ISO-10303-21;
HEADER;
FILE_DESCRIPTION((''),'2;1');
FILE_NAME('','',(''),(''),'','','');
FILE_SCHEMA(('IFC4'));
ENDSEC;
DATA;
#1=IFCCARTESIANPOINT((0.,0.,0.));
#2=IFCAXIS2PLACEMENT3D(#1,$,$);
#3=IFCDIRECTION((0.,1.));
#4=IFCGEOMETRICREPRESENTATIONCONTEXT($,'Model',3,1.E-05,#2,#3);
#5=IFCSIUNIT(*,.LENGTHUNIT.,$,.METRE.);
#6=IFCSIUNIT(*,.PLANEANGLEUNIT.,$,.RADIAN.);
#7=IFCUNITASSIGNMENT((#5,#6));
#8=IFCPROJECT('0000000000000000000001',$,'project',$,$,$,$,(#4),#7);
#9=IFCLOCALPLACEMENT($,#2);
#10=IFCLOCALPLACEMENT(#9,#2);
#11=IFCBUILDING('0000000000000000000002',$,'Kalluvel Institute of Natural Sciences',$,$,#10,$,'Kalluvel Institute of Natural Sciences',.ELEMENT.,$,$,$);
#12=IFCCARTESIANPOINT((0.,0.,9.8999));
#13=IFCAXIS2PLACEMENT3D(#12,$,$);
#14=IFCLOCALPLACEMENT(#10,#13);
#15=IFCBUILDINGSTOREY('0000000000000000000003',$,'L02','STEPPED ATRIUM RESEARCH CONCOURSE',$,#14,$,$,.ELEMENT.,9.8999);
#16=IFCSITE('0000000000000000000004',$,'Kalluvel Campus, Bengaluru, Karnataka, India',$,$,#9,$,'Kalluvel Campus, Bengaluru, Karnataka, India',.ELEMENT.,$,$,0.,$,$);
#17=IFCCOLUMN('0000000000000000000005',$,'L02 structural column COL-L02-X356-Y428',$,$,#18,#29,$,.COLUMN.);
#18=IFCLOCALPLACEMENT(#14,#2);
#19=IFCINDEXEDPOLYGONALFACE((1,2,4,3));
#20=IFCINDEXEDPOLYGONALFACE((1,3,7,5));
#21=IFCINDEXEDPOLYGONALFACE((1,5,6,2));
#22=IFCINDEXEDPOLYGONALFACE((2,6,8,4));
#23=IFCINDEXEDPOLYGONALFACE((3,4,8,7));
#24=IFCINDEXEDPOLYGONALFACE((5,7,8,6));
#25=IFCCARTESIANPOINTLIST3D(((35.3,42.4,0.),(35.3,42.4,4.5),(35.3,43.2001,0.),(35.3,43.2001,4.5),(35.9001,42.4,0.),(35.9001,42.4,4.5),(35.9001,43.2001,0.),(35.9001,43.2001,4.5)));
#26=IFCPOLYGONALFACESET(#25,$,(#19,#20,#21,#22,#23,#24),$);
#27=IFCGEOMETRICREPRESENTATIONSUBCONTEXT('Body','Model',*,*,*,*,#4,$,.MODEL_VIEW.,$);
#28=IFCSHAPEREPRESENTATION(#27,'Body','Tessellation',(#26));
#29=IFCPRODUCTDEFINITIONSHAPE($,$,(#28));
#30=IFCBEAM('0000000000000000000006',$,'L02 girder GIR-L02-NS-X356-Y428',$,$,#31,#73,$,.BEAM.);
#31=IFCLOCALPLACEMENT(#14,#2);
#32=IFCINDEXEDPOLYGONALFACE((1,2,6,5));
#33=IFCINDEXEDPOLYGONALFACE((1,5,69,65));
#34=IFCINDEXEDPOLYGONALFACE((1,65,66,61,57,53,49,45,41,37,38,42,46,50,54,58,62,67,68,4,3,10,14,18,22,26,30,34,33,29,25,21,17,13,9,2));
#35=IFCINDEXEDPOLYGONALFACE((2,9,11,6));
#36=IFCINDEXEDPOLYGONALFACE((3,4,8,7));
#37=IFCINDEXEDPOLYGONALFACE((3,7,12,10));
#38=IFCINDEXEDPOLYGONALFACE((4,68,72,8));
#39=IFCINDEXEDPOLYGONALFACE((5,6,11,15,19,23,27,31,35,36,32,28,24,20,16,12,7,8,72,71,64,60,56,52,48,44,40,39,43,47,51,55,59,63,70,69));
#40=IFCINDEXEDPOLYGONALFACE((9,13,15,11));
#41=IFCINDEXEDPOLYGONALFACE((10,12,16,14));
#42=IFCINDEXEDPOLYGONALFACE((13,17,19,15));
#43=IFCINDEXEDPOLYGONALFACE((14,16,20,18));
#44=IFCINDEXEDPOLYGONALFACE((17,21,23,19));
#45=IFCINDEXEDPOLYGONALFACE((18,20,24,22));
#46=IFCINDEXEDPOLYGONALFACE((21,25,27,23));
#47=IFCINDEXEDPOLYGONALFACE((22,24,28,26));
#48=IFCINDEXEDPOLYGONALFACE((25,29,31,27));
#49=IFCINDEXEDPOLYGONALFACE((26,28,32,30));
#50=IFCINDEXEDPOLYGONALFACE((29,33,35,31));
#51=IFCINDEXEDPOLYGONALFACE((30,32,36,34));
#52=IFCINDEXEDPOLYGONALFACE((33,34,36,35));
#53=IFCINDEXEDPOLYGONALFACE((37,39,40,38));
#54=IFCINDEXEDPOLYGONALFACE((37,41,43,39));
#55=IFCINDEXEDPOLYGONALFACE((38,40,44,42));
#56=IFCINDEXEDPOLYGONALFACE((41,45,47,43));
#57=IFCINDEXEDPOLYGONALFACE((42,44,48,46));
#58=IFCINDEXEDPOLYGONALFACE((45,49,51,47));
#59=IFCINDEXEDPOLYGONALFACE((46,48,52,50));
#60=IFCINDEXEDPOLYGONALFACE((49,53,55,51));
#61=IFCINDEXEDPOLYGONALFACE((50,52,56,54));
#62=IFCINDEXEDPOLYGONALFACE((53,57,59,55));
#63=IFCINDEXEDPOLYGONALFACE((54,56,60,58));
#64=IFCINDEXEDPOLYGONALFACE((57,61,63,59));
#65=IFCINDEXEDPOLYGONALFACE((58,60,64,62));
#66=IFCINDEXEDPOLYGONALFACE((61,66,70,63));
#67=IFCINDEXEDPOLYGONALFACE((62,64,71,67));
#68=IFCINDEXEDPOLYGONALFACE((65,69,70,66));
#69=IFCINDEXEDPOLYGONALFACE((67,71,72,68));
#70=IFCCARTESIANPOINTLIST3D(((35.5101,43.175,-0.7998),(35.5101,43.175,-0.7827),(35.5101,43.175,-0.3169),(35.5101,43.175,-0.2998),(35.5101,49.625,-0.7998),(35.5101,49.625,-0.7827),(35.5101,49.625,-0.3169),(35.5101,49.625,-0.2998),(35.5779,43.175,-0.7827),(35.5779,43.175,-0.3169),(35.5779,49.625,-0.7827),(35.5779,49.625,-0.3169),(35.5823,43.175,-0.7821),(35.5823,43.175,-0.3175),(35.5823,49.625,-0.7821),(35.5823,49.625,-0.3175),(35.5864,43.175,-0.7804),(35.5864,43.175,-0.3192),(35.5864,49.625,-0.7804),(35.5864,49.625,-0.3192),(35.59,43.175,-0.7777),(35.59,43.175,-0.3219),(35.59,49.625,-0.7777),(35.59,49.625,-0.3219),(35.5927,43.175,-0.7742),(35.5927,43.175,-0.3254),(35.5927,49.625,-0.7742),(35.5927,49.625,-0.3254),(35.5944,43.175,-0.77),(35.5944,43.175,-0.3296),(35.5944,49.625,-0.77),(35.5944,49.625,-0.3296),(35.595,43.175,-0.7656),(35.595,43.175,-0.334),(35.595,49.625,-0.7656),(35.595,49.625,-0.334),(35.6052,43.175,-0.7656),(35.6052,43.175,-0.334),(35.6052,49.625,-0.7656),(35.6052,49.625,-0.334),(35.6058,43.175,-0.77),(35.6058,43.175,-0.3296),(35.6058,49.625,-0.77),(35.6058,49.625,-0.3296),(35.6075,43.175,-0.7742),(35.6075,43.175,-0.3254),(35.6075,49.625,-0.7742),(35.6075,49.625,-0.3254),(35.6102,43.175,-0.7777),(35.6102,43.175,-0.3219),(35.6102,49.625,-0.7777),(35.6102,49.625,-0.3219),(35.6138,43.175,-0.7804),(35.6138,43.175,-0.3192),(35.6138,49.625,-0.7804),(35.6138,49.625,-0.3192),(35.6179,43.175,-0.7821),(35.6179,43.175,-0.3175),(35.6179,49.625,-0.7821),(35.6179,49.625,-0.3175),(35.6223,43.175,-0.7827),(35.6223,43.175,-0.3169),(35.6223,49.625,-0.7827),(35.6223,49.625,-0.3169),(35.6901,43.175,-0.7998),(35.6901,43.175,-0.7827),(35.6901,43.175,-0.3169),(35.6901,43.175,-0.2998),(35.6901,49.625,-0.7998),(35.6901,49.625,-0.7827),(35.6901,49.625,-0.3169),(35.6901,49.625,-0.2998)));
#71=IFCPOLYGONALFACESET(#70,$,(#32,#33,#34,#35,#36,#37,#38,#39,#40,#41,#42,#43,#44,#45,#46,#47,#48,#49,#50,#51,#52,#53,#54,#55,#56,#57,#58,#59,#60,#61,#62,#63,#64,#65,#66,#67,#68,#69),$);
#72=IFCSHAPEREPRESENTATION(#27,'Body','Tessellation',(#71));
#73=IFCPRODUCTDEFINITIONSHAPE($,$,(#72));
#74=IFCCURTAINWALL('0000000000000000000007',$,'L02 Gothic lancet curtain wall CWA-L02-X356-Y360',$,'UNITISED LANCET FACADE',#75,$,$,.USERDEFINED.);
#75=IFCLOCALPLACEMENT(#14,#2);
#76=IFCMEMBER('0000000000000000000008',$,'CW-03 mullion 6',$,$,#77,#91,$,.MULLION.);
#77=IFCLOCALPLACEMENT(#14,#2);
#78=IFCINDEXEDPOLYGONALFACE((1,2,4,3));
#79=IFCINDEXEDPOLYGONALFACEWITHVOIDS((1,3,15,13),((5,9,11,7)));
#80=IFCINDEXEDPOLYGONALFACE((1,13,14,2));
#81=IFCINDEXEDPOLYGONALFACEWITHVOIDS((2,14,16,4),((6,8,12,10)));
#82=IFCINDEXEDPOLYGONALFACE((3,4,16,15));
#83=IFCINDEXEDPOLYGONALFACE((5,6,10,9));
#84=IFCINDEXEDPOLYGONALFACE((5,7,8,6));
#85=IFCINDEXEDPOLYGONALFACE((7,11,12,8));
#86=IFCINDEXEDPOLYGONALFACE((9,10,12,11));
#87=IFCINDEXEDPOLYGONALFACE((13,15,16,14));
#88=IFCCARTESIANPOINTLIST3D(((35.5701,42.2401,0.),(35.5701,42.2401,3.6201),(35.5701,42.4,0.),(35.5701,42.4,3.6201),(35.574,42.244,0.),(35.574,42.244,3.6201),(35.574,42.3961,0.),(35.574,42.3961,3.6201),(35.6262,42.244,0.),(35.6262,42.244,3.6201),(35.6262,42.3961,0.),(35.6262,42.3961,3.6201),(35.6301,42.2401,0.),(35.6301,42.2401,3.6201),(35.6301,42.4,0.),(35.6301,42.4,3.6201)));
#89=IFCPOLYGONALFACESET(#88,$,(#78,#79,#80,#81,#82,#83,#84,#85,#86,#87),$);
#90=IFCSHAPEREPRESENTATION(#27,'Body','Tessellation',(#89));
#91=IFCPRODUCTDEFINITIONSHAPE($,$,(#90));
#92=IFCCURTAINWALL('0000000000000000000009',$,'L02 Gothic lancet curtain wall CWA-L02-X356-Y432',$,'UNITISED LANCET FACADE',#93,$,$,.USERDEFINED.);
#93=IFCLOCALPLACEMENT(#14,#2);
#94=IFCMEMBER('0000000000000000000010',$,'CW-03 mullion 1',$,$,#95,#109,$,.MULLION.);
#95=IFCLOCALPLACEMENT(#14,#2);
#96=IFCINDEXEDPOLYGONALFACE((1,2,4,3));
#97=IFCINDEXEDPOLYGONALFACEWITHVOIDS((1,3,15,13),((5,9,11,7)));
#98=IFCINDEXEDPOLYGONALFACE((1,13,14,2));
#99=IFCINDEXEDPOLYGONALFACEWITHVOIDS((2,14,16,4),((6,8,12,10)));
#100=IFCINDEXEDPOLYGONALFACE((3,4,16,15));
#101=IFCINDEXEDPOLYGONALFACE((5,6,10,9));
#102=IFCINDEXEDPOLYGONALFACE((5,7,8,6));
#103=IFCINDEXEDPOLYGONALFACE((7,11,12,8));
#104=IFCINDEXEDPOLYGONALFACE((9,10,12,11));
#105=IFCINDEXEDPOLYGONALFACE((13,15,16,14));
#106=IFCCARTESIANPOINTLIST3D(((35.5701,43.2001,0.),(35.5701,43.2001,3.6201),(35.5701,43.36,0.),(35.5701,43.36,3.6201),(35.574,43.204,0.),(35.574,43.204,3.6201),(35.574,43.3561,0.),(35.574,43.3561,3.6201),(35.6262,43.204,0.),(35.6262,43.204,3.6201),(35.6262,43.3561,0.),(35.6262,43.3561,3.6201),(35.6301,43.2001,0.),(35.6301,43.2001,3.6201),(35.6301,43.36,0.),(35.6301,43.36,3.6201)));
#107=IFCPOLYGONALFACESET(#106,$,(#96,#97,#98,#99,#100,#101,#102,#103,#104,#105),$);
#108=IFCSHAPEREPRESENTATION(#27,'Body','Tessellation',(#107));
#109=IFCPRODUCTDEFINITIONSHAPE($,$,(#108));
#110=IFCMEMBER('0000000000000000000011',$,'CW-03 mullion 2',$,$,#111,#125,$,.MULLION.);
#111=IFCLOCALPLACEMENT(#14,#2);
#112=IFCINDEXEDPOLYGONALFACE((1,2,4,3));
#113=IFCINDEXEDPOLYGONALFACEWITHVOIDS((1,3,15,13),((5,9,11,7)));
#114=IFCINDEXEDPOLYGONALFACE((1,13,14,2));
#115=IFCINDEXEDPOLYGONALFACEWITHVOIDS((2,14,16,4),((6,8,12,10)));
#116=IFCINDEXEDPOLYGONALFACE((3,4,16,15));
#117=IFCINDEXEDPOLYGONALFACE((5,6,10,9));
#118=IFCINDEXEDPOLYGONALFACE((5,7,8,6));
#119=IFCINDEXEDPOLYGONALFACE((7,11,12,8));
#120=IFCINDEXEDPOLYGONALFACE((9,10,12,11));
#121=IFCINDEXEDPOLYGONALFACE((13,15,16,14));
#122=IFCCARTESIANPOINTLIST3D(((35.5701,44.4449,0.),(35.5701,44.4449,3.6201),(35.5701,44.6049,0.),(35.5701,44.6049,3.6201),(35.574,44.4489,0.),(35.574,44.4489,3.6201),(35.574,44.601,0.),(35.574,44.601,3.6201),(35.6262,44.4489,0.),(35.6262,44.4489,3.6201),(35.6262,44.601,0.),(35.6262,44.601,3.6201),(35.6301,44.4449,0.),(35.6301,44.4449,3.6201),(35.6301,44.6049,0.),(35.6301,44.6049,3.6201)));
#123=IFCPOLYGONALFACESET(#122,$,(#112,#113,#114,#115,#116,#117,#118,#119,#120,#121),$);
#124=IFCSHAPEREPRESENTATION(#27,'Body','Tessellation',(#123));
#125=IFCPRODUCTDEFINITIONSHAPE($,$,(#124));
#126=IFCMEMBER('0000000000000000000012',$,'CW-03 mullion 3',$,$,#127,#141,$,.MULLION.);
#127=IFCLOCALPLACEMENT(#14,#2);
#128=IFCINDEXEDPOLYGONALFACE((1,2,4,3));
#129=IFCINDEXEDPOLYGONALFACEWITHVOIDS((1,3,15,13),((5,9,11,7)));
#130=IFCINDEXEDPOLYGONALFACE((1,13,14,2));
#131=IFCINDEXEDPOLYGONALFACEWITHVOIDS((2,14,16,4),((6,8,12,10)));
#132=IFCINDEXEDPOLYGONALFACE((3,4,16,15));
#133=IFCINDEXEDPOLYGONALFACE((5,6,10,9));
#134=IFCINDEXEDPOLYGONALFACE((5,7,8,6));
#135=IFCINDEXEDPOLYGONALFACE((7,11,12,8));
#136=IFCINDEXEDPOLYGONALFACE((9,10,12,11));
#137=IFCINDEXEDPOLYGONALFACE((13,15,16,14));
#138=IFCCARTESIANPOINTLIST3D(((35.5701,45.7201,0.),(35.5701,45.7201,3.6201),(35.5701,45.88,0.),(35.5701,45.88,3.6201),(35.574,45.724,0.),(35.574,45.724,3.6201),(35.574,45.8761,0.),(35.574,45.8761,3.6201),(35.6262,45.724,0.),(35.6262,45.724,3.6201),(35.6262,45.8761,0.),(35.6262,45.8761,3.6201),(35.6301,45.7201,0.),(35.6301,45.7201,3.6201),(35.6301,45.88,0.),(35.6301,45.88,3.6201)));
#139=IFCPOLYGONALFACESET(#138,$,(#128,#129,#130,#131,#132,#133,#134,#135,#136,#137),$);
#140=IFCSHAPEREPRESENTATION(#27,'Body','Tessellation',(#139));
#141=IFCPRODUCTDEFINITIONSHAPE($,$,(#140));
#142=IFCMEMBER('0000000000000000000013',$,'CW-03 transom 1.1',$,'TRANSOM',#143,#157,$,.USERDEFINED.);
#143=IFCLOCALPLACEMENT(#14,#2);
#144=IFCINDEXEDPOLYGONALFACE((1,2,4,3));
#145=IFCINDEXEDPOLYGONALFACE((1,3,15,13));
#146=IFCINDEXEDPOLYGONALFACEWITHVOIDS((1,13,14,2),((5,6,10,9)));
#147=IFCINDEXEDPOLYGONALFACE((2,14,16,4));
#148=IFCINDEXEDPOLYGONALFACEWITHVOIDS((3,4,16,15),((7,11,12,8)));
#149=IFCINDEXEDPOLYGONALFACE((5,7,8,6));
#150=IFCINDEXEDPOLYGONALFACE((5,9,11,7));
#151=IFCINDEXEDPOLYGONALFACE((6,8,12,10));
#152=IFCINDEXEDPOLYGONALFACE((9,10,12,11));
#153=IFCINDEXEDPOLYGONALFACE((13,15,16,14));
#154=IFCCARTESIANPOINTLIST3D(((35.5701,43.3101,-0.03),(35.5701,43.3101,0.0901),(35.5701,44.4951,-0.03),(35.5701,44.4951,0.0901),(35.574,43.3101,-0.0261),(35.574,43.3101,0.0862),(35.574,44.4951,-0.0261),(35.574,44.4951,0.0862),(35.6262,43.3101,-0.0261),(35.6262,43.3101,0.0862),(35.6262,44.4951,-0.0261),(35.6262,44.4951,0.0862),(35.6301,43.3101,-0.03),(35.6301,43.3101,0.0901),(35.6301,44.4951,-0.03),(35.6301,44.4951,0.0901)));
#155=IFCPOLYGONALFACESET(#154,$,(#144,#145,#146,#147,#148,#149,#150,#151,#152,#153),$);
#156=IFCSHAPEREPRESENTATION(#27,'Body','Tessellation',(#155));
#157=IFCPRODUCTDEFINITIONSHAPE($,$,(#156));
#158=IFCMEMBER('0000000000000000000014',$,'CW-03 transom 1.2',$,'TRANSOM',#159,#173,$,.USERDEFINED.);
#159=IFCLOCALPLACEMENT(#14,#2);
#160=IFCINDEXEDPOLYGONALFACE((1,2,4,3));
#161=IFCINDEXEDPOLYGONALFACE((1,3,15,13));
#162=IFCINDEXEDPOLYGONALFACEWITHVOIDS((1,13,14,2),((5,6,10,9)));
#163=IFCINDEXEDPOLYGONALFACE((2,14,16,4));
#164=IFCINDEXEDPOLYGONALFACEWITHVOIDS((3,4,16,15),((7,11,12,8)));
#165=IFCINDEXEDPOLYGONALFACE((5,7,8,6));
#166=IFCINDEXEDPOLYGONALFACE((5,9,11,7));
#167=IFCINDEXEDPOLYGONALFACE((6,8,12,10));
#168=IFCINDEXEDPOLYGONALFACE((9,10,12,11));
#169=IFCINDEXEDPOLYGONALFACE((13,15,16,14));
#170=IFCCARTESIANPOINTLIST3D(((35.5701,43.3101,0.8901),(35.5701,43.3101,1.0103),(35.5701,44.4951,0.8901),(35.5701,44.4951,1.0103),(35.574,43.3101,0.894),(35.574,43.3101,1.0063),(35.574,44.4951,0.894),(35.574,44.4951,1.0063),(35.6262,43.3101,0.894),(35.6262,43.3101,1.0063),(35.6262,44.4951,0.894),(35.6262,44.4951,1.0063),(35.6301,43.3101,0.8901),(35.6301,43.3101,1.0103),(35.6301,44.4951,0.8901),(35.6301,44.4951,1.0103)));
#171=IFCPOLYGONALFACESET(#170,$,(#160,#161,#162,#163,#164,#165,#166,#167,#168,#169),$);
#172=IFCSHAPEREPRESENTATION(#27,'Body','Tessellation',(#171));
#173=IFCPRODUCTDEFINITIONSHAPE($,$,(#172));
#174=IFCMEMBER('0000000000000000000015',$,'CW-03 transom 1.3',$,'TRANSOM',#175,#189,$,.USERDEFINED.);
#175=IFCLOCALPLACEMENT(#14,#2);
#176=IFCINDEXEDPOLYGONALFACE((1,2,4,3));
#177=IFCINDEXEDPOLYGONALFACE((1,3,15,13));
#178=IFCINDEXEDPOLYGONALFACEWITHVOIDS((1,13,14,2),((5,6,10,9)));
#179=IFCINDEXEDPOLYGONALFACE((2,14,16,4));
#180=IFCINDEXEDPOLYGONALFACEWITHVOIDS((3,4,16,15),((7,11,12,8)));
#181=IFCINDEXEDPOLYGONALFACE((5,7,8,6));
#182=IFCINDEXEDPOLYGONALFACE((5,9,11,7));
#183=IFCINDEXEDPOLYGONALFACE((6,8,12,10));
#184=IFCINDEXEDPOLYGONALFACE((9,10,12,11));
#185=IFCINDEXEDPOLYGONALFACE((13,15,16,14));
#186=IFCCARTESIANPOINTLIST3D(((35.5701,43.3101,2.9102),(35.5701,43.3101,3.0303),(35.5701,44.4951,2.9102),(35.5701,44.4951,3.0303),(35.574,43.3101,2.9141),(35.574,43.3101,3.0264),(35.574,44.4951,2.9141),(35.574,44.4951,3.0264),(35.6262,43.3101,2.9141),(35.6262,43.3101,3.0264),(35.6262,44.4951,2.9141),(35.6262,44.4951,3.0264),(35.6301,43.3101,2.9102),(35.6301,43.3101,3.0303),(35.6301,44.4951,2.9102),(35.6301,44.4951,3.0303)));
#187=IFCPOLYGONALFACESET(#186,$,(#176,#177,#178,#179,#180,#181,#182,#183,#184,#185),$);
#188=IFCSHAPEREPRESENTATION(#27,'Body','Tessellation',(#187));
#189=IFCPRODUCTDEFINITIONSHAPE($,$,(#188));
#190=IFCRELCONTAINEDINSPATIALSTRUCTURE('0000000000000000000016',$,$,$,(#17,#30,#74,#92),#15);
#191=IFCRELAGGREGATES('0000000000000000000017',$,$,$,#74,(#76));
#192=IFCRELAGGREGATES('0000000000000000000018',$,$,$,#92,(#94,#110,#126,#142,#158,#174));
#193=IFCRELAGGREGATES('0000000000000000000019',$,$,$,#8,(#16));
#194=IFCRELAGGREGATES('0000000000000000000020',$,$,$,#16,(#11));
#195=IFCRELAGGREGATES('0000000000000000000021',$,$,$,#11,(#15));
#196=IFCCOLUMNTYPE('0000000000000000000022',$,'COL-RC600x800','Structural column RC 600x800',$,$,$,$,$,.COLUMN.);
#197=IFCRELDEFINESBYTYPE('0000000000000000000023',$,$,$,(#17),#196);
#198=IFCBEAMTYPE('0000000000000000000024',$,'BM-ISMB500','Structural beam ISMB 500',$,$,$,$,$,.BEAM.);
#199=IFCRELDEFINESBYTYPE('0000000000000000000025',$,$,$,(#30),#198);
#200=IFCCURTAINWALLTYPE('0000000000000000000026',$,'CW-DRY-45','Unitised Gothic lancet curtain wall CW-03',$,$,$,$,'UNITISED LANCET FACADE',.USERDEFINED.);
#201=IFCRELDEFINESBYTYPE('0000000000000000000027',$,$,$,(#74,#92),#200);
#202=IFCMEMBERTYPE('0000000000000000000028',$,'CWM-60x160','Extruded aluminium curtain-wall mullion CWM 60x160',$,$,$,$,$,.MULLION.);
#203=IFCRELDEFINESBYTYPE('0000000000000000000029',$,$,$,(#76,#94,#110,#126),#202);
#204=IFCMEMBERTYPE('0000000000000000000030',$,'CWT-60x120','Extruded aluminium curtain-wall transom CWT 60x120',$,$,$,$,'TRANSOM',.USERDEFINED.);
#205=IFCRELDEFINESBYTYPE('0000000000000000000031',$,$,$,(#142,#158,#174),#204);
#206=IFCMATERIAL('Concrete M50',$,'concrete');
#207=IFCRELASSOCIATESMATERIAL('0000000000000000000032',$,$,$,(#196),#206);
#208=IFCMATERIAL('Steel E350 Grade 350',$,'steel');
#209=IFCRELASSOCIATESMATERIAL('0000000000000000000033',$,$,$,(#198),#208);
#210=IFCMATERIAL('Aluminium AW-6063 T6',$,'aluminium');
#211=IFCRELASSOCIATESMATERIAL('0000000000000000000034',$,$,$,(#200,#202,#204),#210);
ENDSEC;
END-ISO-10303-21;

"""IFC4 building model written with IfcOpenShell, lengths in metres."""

from ifc_helpers import new_model, si_unit, direction, frame, origin, origin_2d, place, context, subcontext, project, spatial, rectangle, hollow_rectangle, i_section, extrude, material, material_profile, profile_set, type_object, element, aggregate, save


model = new_model("IFC4")

# Units and contexts
model_context = context("Model", 3, precision=1e-05, world=origin(), true_north=direction((0.0, 1.0)))
body_context = subcontext(model_context, "Body", "Model", "MODEL_VIEW")
ifc_project = project(units=[si_unit("LENGTHUNIT", "METRE"), si_unit("PLANEANGLEUNIT", "RADIAN")], contexts=[model_context])

# Site, building, storey
site_placement = place(None, origin())
site = spatial("IfcSite", under=ifc_project, at=site_placement, Name="Kalluvel Campus, Bengaluru, Karnataka, India", LongName="Kalluvel Campus, Bengaluru, Karnataka, India", CompositionType="ELEMENT", RefElevation=0.0)
building_placement = place(site_placement, origin())
building = spatial("IfcBuilding", under=site, at=building_placement, Name="Kalluvel Institute of Natural Sciences", LongName="Kalluvel Institute of Natural Sciences", CompositionType="ELEMENT")
storey_placement = place(building_placement, frame((0.0, 0.0, 9.8999)))
storey = spatial("IfcBuildingStorey", under=building, at=storey_placement, Name="L02", Description="STEPPED ATRIUM RESEARCH CONCOURSE", CompositionType="ELEMENT", Elevation=9.8999)

# Column
ifc_material_1 = material(Name="Concrete M50", Category="concrete")
ifc_material_profile_1 = material_profile(ifc_material_1, rectangle(XDim=0.6001, YDim=0.8, at=origin_2d()), Name="RC 600x800")
ifc_profile_set_1 = profile_set([ifc_material_profile_1], Name="Concrete M50")
column_type = type_object("IfcColumnType", Name="COL-RC600x800", Description="Structural column RC 600x800", PredefinedType="COLUMN", material=ifc_profile_set_1)
column_placement = place(storey_placement, frame((35.6001, 42.8, 0.0), z_axis=(0.0, 0.0, 1.0), x_axis=(1.0, 0.0, 0.0)))
element("IfcColumn", 1, at=column_placement, inside=storey, type_object=column_type, Name="L02 structural column COL-L02-X356-Y428", PredefinedType="COLUMN", context=body_context, shape_type="SweptSolid", body=[
    extrude(rectangle(XDim=0.6001, YDim=0.8, at=origin_2d()), origin(), (0.0, 0.0, 1.0), 4.5),
])

# Beam
ifc_material_2 = material(Name="Steel E350 Grade 350", Category="steel")
ifc_material_profile_2 = material_profile(ifc_material_2, i_section(OverallWidth=0.1799, OverallDepth=0.5, WebThickness=0.0103, FlangeThickness=0.0171, FilletRadius=0.0171, at=origin_2d()), Name="ISMB 500")
ifc_profile_set_2 = profile_set([ifc_material_profile_2], Name="Steel E350 Grade 350")
beam_type = type_object("IfcBeamType", Name="BM-ISMB500", Description="Structural beam ISMB 500", PredefinedType="BEAM", material=ifc_profile_set_2)
beam_placement = place(storey_placement, frame((35.6001, 43.175, -0.5498), z_axis=(0.0, 1.0, 0.0), x_axis=(-1.0, 0.0, 0.0)))
element("IfcBeam", 2, at=beam_placement, inside=storey, type_object=beam_type, Name="L02 girder GIR-L02-NS-X356-Y428", PredefinedType="BEAM", context=body_context, shape_type="SweptSolid", body=[
    extrude(i_section(OverallWidth=0.1799, OverallDepth=0.5, WebThickness=0.0103, FlangeThickness=0.0171, FilletRadius=0.0171, at=origin_2d()), origin(), (0.0, 0.0, 1.0), 6.45),
])

# Curtain wall, member
ifc_material_3 = material(Name="Aluminium AW-6063 T6", Category="aluminium")
curtain_wall_type = type_object("IfcCurtainWallType", Name="CW-DRY-45", Description="Unitised Gothic lancet curtain wall CW-03", ElementType="UNITISED LANCET FACADE", PredefinedType="USERDEFINED", material=ifc_material_3)
curtain_wall_1_placement = place(storey_placement, origin())
curtain_wall_1 = element("IfcCurtainWall", 3, at=curtain_wall_1_placement, inside=storey, type_object=curtain_wall_type, Name="L02 Gothic lancet curtain wall CWA-L02-X356-Y360", ObjectType="UNITISED LANCET FACADE", PredefinedType="USERDEFINED")
ifc_material_profile_3 = material_profile(ifc_material_3, hollow_rectangle(XDim=0.0601, YDim=0.1599, WallThickness=0.0039, at=origin_2d()), Name="CWM 60x160")
ifc_profile_set_3 = profile_set([ifc_material_profile_3], Name="Aluminium AW-6063 T6")
member_type_1 = type_object("IfcMemberType", Name="CWM-60x160", Description="Extruded aluminium curtain-wall mullion CWM 60x160", PredefinedType="MULLION", material=ifc_profile_set_3)
member_1_placement = place(storey_placement, frame((35.6001, 42.3201, 0.0), z_axis=(0.0, 0.0, 1.0), x_axis=(-1.0, 0.0, 0.0)))
member_1 = element("IfcMember", 4, at=member_1_placement, type_object=member_type_1, Name="CW-03 mullion 6", PredefinedType="MULLION", context=body_context, shape_type="SweptSolid", body=[
    extrude(hollow_rectangle(XDim=0.0601, YDim=0.1599, WallThickness=0.0039, at=origin_2d()), origin(), (0.0, 0.0, 1.0), 3.6201),
])

# Curtain wall, members
curtain_wall_2_placement = place(storey_placement, origin())
curtain_wall_2 = element("IfcCurtainWall", 5, at=curtain_wall_2_placement, inside=storey, type_object=curtain_wall_type, Name="L02 Gothic lancet curtain wall CWA-L02-X356-Y432", ObjectType="UNITISED LANCET FACADE", PredefinedType="USERDEFINED")
member_2_placement = place(storey_placement, frame((35.6001, 43.28, 0.0), z_axis=(0.0, 0.0, 1.0), x_axis=(-1.0, 0.0, 0.0)))
member_2 = element("IfcMember", 6, at=member_2_placement, type_object=member_type_1, Name="CW-03 mullion 1", PredefinedType="MULLION", context=body_context, shape_type="SweptSolid", body=[
    extrude(hollow_rectangle(XDim=0.0601, YDim=0.1599, WallThickness=0.0039, at=origin_2d()), origin(), (0.0, 0.0, 1.0), 3.6201),
])
member_3_placement = place(storey_placement, frame((35.6001, 44.5249, 0.0), z_axis=(0.0, 0.0, 1.0), x_axis=(-1.0, 0.0, 0.0)))
member_3 = element("IfcMember", 7, at=member_3_placement, type_object=member_type_1, Name="CW-03 mullion 2", PredefinedType="MULLION", context=body_context, shape_type="SweptSolid", body=[
    extrude(hollow_rectangle(XDim=0.0601, YDim=0.1599, WallThickness=0.0039, at=origin_2d()), origin(), (0.0, 0.0, 1.0), 3.6201),
])
member_4_placement = place(storey_placement, frame((35.6001, 45.8, 0.0), z_axis=(0.0, 0.0, 1.0), x_axis=(-1.0, 0.0, 0.0)))
member_4 = element("IfcMember", 8, at=member_4_placement, type_object=member_type_1, Name="CW-03 mullion 3", PredefinedType="MULLION", context=body_context, shape_type="SweptSolid", body=[
    extrude(hollow_rectangle(XDim=0.0601, YDim=0.1599, WallThickness=0.0039, at=origin_2d()), origin(), (0.0, 0.0, 1.0), 3.6201),
])
ifc_material_profile_4 = material_profile(ifc_material_3, hollow_rectangle(XDim=0.0601, YDim=0.1201, WallThickness=0.0039, at=origin_2d()), Name="CWT 60x120")
ifc_profile_set_4 = profile_set([ifc_material_profile_4], Name="Aluminium AW-6063 T6")
member_type_2 = type_object("IfcMemberType", Name="CWT-60x120", Description="Extruded aluminium curtain-wall transom CWT 60x120", ElementType="TRANSOM", PredefinedType="USERDEFINED", material=ifc_profile_set_4)
member_5_placement = place(storey_placement, frame((35.6001, 43.3101, 0.03), z_axis=(0.0, 1.0, 0.0), x_axis=(-1.0, 0.0, 0.0)))
member_5 = element("IfcMember", 9, at=member_5_placement, type_object=member_type_2, Name="CW-03 transom 1.1", ObjectType="TRANSOM", PredefinedType="USERDEFINED", context=body_context, shape_type="SweptSolid", body=[
    extrude(hollow_rectangle(XDim=0.0601, YDim=0.1201, WallThickness=0.0039, at=origin_2d()), origin(), (0.0, 0.0, 1.0), 1.1851),
])
member_6_placement = place(storey_placement, frame((35.6001, 43.3101, 0.9502), z_axis=(0.0, 1.0, 0.0), x_axis=(-1.0, 0.0, 0.0)))
member_6 = element("IfcMember", 10, at=member_6_placement, type_object=member_type_2, Name="CW-03 transom 1.2", ObjectType="TRANSOM", PredefinedType="USERDEFINED", context=body_context, shape_type="SweptSolid", body=[
    extrude(hollow_rectangle(XDim=0.0601, YDim=0.1201, WallThickness=0.0039, at=origin_2d()), origin(), (0.0, 0.0, 1.0), 1.1851),
])
member_7_placement = place(storey_placement, frame((35.6001, 43.3101, 2.9702), z_axis=(0.0, 1.0, 0.0), x_axis=(-1.0, 0.0, 0.0)))
member_7 = element("IfcMember", 11, at=member_7_placement, type_object=member_type_2, Name="CW-03 transom 1.3", ObjectType="TRANSOM", PredefinedType="USERDEFINED", context=body_context, shape_type="SweptSolid", body=[
    extrude(hollow_rectangle(XDim=0.0601, YDim=0.1201, WallThickness=0.0039, at=origin_2d()), origin(), (0.0, 0.0, 1.0), 1.1851),
])

aggregate(curtain_wall_1, [member_1])
aggregate(curtain_wall_2, [member_2, member_3, member_4, member_5, member_6, member_7])

save(model, "model.ifc")
